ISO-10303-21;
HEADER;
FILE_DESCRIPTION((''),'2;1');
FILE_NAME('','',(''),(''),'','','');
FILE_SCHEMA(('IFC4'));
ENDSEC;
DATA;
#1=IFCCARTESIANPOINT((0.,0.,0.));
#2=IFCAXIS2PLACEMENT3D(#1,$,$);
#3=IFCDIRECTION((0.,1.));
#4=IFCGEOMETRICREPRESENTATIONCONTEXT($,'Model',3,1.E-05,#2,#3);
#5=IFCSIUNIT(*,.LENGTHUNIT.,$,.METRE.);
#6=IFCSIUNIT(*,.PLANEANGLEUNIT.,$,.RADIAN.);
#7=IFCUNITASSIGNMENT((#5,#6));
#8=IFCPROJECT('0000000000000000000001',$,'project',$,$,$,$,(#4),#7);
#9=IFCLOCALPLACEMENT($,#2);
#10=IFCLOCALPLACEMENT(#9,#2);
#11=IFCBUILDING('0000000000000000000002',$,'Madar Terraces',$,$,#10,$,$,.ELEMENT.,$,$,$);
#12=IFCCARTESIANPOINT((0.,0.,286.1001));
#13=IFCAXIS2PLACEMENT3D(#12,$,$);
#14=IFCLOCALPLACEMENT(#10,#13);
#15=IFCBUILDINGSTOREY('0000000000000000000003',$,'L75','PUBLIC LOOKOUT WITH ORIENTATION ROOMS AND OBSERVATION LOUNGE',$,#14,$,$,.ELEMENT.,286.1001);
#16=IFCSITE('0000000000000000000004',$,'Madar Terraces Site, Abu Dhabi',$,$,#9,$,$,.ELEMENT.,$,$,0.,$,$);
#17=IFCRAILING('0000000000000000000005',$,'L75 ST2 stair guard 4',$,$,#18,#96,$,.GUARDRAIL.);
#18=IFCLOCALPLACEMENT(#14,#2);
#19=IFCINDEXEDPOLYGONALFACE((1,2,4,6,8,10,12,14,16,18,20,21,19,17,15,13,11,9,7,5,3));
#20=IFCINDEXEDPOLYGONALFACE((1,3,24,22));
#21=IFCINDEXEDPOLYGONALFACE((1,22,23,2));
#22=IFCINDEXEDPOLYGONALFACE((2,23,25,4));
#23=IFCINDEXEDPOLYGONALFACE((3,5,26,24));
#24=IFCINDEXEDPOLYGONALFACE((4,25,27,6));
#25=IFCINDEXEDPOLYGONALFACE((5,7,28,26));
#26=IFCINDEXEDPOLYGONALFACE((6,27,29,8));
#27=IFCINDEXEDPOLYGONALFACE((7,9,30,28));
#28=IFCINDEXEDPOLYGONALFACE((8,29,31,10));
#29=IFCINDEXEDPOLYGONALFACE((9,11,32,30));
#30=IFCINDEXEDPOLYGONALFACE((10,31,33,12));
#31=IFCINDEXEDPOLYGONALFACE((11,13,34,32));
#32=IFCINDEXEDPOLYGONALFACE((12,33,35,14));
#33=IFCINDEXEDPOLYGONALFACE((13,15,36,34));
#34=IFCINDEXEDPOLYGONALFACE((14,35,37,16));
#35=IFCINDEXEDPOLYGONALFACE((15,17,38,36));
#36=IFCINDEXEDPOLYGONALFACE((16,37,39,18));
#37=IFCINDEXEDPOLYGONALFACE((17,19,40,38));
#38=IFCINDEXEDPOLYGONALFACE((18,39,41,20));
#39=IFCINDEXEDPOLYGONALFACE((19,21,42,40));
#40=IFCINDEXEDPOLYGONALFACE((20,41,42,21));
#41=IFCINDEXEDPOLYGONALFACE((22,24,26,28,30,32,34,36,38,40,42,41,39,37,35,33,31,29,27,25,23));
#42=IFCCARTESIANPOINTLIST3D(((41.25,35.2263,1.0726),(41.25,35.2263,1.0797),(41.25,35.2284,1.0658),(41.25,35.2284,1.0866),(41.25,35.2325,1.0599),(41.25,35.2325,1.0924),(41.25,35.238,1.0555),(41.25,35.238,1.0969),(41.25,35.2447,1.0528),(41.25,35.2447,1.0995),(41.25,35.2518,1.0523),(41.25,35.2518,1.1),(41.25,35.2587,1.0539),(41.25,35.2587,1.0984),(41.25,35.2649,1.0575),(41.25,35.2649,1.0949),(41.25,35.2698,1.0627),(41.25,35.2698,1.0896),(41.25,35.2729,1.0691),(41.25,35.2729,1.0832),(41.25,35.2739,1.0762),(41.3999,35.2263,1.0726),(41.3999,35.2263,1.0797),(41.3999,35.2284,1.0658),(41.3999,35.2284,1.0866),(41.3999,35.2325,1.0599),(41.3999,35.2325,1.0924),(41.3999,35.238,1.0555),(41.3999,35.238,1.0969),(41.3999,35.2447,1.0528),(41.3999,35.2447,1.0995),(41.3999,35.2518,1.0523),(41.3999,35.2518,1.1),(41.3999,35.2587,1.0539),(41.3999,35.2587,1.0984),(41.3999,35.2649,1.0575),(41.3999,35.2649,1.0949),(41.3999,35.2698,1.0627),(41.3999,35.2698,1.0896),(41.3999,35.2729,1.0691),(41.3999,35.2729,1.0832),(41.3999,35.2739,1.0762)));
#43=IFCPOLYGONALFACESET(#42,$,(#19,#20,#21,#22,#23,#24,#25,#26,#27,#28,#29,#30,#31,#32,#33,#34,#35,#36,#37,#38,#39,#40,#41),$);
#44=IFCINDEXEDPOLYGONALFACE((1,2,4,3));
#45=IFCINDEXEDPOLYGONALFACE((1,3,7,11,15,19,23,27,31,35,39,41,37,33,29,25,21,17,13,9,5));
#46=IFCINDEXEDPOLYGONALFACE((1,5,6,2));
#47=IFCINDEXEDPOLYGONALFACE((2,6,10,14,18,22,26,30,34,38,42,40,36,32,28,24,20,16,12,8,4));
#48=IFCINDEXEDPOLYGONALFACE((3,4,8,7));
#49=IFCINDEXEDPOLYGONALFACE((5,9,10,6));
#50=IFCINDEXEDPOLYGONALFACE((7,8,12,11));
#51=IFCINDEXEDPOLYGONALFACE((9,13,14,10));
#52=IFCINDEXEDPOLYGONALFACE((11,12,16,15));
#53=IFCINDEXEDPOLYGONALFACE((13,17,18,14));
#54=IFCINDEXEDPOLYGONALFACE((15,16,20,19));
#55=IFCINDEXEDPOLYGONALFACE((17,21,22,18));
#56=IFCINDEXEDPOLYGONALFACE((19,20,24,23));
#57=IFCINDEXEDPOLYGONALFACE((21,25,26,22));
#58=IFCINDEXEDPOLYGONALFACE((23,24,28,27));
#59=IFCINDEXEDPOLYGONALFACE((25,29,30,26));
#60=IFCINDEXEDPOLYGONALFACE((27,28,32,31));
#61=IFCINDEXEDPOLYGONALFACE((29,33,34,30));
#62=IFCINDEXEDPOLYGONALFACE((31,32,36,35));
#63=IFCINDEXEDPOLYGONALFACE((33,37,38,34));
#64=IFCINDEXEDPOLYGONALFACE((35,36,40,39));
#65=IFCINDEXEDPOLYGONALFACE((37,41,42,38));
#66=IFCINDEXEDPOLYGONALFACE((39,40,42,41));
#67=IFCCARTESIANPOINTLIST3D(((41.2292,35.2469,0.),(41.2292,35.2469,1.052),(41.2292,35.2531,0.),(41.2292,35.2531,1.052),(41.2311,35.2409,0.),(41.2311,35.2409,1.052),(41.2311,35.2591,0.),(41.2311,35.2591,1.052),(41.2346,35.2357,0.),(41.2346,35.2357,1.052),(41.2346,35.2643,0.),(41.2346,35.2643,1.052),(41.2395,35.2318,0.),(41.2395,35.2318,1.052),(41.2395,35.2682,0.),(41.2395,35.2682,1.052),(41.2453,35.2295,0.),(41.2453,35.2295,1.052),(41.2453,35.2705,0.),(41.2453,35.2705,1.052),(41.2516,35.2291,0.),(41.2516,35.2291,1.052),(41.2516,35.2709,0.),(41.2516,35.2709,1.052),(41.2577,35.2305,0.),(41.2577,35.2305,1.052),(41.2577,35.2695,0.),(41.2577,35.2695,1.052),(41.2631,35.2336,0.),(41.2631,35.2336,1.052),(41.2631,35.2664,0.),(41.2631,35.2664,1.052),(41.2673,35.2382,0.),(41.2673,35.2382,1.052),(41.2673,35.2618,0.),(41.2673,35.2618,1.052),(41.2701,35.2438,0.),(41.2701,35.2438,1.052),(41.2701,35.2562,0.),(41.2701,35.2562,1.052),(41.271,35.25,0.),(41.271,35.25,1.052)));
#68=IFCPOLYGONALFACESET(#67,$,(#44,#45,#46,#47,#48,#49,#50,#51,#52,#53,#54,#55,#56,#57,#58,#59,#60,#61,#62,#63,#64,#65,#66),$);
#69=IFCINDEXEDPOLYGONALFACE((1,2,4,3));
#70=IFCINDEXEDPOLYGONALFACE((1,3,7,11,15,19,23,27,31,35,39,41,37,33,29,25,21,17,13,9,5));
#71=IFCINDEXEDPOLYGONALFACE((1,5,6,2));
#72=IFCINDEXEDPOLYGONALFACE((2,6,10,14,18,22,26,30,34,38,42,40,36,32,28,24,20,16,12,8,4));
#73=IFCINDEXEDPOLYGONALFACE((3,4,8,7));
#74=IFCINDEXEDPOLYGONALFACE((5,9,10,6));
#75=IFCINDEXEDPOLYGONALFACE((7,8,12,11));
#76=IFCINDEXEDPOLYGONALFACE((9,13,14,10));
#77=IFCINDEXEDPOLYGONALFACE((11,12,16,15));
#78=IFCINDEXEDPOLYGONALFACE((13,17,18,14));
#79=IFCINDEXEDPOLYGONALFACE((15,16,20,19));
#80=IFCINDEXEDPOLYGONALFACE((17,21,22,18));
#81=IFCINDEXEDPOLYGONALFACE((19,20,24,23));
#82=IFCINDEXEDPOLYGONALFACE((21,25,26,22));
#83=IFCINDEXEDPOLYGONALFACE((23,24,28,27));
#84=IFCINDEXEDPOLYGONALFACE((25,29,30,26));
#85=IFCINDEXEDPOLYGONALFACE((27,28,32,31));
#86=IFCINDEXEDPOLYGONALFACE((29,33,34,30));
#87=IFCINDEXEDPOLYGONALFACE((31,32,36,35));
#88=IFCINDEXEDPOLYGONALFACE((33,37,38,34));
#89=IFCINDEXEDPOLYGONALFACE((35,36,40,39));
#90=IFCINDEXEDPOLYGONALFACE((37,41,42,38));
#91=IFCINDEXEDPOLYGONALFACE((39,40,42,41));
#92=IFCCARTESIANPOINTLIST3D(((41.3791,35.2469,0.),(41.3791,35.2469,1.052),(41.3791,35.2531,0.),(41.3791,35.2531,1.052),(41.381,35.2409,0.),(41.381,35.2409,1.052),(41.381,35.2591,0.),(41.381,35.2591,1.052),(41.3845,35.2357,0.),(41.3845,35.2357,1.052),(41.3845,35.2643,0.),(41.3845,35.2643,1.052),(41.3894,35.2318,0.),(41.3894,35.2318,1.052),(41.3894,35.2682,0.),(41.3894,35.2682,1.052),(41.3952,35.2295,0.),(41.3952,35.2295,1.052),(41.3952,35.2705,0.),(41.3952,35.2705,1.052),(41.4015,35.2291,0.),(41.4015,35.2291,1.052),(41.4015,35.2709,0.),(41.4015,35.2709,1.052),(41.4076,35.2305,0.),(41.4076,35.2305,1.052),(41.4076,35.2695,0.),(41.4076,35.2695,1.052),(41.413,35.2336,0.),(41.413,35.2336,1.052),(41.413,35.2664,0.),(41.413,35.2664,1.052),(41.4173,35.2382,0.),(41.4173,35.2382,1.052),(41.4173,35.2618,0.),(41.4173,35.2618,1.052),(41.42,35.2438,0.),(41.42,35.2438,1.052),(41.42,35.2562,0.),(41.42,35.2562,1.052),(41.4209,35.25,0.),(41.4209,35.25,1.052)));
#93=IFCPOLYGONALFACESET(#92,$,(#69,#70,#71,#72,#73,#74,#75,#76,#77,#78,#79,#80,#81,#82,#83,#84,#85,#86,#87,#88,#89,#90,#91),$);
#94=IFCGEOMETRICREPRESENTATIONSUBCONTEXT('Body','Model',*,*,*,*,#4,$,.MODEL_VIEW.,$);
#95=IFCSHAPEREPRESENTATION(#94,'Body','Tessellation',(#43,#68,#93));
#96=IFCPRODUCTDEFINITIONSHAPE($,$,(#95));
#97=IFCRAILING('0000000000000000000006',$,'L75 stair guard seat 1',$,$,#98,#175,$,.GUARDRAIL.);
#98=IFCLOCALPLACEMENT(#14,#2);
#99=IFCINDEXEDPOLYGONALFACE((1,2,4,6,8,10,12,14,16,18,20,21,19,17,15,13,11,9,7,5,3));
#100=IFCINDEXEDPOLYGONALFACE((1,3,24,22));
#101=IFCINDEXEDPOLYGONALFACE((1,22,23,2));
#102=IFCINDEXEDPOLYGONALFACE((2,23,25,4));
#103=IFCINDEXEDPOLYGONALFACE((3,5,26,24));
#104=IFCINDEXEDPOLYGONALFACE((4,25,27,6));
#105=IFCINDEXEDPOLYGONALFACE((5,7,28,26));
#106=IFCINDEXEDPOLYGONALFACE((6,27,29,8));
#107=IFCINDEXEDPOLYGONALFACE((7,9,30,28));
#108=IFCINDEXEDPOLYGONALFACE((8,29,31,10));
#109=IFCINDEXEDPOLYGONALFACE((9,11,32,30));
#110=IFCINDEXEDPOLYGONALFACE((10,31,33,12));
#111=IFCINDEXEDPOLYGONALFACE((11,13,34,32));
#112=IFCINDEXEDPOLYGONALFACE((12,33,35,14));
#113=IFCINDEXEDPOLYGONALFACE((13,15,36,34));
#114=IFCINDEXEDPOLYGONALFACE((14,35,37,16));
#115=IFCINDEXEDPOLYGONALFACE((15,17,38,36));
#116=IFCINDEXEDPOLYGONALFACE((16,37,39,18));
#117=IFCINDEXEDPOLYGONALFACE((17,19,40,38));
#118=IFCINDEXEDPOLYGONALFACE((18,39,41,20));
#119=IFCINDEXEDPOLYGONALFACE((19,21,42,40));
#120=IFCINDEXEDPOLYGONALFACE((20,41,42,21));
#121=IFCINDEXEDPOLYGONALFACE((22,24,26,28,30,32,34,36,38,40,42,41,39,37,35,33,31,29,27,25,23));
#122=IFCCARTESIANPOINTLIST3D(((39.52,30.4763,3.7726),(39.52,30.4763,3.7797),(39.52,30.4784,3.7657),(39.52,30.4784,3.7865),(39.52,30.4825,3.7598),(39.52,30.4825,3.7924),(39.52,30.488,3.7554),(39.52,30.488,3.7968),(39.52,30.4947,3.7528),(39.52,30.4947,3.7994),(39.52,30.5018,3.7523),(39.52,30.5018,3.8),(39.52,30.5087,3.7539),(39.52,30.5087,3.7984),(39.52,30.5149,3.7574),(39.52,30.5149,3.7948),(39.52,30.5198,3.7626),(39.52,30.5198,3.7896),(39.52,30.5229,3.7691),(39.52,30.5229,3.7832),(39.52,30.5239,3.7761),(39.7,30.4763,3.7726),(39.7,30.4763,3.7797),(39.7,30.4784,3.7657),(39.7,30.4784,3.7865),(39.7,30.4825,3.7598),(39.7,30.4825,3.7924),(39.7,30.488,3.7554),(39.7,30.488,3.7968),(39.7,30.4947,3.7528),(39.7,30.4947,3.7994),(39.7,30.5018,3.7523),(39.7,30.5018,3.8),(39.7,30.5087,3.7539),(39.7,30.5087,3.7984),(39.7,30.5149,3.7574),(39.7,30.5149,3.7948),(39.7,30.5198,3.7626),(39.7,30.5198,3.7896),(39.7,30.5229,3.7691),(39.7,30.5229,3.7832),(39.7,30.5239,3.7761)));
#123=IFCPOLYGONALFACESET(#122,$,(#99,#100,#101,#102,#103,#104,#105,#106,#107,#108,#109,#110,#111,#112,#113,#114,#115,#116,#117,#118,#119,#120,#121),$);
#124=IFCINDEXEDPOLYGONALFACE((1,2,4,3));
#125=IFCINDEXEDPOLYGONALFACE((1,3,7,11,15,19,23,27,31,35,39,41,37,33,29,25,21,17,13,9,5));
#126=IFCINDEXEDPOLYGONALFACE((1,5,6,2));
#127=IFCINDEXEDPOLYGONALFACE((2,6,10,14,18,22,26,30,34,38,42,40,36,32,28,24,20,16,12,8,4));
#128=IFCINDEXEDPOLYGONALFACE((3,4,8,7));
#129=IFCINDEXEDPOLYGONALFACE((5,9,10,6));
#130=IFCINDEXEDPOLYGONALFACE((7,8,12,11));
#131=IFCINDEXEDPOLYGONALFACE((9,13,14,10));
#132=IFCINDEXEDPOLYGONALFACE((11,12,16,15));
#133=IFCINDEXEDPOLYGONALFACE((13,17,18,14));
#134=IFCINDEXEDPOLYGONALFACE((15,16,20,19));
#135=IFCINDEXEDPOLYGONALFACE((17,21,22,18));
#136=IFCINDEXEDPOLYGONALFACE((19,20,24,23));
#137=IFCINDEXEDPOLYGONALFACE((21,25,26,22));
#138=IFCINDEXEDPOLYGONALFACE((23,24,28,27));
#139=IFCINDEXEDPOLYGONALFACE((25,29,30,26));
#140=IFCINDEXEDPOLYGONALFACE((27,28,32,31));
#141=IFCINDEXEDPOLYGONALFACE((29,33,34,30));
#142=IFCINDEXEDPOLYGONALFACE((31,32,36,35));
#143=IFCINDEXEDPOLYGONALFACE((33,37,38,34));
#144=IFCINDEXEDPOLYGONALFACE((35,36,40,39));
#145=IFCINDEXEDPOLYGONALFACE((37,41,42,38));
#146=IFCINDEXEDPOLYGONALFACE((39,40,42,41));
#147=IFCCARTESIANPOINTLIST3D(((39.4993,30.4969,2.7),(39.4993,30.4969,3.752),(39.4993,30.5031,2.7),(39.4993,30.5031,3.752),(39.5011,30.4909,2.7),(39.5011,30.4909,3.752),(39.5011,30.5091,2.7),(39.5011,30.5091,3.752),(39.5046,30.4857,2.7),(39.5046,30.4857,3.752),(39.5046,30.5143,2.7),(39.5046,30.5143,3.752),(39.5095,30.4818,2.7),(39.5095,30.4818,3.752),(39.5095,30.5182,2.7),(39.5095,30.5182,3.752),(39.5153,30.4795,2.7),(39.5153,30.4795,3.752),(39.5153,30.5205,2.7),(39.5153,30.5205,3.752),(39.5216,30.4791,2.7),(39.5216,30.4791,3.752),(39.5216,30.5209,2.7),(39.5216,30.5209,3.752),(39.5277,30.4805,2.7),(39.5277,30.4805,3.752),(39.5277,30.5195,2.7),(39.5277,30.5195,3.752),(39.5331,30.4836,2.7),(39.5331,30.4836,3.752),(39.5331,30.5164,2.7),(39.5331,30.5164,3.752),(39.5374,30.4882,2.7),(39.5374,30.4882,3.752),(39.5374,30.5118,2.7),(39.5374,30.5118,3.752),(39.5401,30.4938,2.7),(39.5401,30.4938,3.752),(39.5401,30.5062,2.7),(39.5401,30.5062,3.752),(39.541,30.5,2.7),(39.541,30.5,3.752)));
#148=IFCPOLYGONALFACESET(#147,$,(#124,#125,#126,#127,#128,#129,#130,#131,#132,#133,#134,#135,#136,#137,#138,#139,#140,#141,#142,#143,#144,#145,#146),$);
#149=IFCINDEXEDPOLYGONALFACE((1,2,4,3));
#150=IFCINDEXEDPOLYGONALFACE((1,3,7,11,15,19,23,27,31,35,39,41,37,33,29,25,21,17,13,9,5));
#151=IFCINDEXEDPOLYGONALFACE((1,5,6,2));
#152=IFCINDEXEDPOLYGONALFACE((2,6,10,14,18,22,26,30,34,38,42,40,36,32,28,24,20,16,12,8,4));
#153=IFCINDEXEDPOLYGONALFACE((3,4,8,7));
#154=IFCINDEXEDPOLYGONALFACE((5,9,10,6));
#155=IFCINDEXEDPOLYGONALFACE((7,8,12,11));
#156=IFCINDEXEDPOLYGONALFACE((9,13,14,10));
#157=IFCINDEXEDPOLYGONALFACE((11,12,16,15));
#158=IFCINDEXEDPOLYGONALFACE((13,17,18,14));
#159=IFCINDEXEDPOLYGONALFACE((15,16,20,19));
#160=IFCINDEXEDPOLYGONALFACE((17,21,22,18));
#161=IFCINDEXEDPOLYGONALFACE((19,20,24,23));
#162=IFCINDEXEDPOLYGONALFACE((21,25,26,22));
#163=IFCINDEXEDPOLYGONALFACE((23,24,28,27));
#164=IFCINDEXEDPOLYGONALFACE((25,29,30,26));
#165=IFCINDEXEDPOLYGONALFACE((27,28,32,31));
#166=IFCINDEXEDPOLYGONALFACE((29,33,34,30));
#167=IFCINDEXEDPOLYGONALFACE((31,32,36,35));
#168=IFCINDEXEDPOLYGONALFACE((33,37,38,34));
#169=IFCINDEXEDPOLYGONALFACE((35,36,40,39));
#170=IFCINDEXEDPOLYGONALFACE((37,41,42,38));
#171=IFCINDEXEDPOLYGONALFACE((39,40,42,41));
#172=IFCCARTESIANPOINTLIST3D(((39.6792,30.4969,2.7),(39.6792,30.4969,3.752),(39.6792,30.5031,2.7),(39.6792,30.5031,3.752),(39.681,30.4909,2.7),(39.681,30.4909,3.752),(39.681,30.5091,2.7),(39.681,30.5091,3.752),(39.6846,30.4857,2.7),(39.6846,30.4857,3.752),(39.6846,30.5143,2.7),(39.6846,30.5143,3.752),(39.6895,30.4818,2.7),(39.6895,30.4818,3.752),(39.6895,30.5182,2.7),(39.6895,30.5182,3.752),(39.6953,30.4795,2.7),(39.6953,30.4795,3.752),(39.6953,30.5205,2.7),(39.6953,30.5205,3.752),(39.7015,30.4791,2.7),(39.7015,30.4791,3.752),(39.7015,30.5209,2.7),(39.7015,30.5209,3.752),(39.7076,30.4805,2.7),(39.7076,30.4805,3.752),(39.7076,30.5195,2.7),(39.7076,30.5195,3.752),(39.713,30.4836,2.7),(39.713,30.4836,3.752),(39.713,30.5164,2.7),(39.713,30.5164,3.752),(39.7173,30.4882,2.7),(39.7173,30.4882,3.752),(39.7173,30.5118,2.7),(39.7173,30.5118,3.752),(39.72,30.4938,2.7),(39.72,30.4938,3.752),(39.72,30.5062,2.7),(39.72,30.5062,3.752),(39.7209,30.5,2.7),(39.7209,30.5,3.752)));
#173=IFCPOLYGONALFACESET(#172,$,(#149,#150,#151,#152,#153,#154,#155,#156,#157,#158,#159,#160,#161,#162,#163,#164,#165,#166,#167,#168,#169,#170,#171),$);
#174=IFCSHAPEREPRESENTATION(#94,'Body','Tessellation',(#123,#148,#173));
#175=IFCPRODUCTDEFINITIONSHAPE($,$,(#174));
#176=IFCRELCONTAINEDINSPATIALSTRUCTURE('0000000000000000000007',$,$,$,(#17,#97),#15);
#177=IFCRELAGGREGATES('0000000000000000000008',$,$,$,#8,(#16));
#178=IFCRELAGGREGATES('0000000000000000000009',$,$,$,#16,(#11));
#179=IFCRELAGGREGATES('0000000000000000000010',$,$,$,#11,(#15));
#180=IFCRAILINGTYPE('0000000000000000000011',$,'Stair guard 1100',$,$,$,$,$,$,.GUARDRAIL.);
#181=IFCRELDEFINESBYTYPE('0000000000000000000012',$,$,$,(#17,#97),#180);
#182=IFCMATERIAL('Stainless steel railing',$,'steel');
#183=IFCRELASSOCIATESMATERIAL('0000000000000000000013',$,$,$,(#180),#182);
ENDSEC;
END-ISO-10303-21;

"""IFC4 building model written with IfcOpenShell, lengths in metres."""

from ifc_helpers import new_model, si_unit, direction, frame, origin, origin_2d, place, context, subcontext, project, spatial, circle, extrude, material, type_object, element, save


model = new_model("IFC4")

# Units and contexts
model_context = context("Model", 3, precision=1e-05, world=origin(), true_north=direction((0.0, 1.0)))
body_context = subcontext(model_context, "Body", "Model", "MODEL_VIEW")
ifc_project = project(units=[si_unit("LENGTHUNIT", "METRE"), si_unit("PLANEANGLEUNIT", "RADIAN")], contexts=[model_context])

# Site, building, storey
site_placement = place(None, origin())
site = spatial("IfcSite", under=ifc_project, at=site_placement, Name="Madar Terraces Site, Abu Dhabi", CompositionType="ELEMENT", RefElevation=0.0)
building_placement = place(site_placement, origin())
building = spatial("IfcBuilding", under=site, at=building_placement, Name="Madar Terraces", CompositionType="ELEMENT")
storey_placement = place(building_placement, frame((0.0, 0.0, 286.1001)))
storey = spatial("IfcBuildingStorey", under=building, at=storey_placement, Name="L75", Description="PUBLIC LOOKOUT WITH ORIENTATION ROOMS AND OBSERVATION LOUNGE", CompositionType="ELEMENT", Elevation=286.1001)

# Railings
ifc_material_1 = material(Name="Stainless steel railing", Category="steel")
railing_type_1 = type_object("IfcRailingType", Name="Stair guard 1100", PredefinedType="GUARDRAIL", material=ifc_material_1)
railing_1_placement = place(storey_placement, frame((41.25, 35.25, 0.0)))
element("IfcRailing", 1, at=railing_1_placement, inside=storey, type_object=railing_type_1, Name="L75 ST2 stair guard 4", PredefinedType="GUARDRAIL", context=body_context, shape_type="SweptSolid", body=[
    extrude(circle(Radius=0.0239, at=origin_2d()), frame((0.0, 0.0, 1.0762), z_axis=(1.0, 0.0, 0.0), x_axis=(0.0, 1.0, 0.0)), (0.0, 0.0, 1.0), 0.1499),
    extrude(circle(Radius=0.021, at=origin_2d()), origin(), (0.0, 0.0, 1.0), 1.052),
    extrude(circle(Radius=0.021, at=origin_2d()), frame((0.1499, 0.0, 0.0)), (0.0, 0.0, 1.0), 1.052),
])
for number, where, name in (
    (2, (39.52, 30.5, 2.7), "L75 stair guard seat 1"),
):
    element("IfcRailing", number, at=place(storey_placement, frame(where)), inside=storey, type_object=railing_type_1, Name=name, PredefinedType="GUARDRAIL", context=body_context, shape_type="SweptSolid", body=[
        extrude(circle(Radius=0.0239, at=origin_2d()), frame((0.0, 0.0, 1.0762), z_axis=(1.0, 0.0, 0.0), x_axis=(0.0, 1.0, 0.0)), (0.0, 0.0, 1.0), 0.1799),
        extrude(circle(Radius=0.021, at=origin_2d()), origin(), (0.0, 0.0, 1.0), 1.052),
        extrude(circle(Radius=0.021, at=origin_2d()), frame((0.1799, 0.0, 0.0)), (0.0, 0.0, 1.0), 1.052),
    ])

save(model, "model.ifc")
